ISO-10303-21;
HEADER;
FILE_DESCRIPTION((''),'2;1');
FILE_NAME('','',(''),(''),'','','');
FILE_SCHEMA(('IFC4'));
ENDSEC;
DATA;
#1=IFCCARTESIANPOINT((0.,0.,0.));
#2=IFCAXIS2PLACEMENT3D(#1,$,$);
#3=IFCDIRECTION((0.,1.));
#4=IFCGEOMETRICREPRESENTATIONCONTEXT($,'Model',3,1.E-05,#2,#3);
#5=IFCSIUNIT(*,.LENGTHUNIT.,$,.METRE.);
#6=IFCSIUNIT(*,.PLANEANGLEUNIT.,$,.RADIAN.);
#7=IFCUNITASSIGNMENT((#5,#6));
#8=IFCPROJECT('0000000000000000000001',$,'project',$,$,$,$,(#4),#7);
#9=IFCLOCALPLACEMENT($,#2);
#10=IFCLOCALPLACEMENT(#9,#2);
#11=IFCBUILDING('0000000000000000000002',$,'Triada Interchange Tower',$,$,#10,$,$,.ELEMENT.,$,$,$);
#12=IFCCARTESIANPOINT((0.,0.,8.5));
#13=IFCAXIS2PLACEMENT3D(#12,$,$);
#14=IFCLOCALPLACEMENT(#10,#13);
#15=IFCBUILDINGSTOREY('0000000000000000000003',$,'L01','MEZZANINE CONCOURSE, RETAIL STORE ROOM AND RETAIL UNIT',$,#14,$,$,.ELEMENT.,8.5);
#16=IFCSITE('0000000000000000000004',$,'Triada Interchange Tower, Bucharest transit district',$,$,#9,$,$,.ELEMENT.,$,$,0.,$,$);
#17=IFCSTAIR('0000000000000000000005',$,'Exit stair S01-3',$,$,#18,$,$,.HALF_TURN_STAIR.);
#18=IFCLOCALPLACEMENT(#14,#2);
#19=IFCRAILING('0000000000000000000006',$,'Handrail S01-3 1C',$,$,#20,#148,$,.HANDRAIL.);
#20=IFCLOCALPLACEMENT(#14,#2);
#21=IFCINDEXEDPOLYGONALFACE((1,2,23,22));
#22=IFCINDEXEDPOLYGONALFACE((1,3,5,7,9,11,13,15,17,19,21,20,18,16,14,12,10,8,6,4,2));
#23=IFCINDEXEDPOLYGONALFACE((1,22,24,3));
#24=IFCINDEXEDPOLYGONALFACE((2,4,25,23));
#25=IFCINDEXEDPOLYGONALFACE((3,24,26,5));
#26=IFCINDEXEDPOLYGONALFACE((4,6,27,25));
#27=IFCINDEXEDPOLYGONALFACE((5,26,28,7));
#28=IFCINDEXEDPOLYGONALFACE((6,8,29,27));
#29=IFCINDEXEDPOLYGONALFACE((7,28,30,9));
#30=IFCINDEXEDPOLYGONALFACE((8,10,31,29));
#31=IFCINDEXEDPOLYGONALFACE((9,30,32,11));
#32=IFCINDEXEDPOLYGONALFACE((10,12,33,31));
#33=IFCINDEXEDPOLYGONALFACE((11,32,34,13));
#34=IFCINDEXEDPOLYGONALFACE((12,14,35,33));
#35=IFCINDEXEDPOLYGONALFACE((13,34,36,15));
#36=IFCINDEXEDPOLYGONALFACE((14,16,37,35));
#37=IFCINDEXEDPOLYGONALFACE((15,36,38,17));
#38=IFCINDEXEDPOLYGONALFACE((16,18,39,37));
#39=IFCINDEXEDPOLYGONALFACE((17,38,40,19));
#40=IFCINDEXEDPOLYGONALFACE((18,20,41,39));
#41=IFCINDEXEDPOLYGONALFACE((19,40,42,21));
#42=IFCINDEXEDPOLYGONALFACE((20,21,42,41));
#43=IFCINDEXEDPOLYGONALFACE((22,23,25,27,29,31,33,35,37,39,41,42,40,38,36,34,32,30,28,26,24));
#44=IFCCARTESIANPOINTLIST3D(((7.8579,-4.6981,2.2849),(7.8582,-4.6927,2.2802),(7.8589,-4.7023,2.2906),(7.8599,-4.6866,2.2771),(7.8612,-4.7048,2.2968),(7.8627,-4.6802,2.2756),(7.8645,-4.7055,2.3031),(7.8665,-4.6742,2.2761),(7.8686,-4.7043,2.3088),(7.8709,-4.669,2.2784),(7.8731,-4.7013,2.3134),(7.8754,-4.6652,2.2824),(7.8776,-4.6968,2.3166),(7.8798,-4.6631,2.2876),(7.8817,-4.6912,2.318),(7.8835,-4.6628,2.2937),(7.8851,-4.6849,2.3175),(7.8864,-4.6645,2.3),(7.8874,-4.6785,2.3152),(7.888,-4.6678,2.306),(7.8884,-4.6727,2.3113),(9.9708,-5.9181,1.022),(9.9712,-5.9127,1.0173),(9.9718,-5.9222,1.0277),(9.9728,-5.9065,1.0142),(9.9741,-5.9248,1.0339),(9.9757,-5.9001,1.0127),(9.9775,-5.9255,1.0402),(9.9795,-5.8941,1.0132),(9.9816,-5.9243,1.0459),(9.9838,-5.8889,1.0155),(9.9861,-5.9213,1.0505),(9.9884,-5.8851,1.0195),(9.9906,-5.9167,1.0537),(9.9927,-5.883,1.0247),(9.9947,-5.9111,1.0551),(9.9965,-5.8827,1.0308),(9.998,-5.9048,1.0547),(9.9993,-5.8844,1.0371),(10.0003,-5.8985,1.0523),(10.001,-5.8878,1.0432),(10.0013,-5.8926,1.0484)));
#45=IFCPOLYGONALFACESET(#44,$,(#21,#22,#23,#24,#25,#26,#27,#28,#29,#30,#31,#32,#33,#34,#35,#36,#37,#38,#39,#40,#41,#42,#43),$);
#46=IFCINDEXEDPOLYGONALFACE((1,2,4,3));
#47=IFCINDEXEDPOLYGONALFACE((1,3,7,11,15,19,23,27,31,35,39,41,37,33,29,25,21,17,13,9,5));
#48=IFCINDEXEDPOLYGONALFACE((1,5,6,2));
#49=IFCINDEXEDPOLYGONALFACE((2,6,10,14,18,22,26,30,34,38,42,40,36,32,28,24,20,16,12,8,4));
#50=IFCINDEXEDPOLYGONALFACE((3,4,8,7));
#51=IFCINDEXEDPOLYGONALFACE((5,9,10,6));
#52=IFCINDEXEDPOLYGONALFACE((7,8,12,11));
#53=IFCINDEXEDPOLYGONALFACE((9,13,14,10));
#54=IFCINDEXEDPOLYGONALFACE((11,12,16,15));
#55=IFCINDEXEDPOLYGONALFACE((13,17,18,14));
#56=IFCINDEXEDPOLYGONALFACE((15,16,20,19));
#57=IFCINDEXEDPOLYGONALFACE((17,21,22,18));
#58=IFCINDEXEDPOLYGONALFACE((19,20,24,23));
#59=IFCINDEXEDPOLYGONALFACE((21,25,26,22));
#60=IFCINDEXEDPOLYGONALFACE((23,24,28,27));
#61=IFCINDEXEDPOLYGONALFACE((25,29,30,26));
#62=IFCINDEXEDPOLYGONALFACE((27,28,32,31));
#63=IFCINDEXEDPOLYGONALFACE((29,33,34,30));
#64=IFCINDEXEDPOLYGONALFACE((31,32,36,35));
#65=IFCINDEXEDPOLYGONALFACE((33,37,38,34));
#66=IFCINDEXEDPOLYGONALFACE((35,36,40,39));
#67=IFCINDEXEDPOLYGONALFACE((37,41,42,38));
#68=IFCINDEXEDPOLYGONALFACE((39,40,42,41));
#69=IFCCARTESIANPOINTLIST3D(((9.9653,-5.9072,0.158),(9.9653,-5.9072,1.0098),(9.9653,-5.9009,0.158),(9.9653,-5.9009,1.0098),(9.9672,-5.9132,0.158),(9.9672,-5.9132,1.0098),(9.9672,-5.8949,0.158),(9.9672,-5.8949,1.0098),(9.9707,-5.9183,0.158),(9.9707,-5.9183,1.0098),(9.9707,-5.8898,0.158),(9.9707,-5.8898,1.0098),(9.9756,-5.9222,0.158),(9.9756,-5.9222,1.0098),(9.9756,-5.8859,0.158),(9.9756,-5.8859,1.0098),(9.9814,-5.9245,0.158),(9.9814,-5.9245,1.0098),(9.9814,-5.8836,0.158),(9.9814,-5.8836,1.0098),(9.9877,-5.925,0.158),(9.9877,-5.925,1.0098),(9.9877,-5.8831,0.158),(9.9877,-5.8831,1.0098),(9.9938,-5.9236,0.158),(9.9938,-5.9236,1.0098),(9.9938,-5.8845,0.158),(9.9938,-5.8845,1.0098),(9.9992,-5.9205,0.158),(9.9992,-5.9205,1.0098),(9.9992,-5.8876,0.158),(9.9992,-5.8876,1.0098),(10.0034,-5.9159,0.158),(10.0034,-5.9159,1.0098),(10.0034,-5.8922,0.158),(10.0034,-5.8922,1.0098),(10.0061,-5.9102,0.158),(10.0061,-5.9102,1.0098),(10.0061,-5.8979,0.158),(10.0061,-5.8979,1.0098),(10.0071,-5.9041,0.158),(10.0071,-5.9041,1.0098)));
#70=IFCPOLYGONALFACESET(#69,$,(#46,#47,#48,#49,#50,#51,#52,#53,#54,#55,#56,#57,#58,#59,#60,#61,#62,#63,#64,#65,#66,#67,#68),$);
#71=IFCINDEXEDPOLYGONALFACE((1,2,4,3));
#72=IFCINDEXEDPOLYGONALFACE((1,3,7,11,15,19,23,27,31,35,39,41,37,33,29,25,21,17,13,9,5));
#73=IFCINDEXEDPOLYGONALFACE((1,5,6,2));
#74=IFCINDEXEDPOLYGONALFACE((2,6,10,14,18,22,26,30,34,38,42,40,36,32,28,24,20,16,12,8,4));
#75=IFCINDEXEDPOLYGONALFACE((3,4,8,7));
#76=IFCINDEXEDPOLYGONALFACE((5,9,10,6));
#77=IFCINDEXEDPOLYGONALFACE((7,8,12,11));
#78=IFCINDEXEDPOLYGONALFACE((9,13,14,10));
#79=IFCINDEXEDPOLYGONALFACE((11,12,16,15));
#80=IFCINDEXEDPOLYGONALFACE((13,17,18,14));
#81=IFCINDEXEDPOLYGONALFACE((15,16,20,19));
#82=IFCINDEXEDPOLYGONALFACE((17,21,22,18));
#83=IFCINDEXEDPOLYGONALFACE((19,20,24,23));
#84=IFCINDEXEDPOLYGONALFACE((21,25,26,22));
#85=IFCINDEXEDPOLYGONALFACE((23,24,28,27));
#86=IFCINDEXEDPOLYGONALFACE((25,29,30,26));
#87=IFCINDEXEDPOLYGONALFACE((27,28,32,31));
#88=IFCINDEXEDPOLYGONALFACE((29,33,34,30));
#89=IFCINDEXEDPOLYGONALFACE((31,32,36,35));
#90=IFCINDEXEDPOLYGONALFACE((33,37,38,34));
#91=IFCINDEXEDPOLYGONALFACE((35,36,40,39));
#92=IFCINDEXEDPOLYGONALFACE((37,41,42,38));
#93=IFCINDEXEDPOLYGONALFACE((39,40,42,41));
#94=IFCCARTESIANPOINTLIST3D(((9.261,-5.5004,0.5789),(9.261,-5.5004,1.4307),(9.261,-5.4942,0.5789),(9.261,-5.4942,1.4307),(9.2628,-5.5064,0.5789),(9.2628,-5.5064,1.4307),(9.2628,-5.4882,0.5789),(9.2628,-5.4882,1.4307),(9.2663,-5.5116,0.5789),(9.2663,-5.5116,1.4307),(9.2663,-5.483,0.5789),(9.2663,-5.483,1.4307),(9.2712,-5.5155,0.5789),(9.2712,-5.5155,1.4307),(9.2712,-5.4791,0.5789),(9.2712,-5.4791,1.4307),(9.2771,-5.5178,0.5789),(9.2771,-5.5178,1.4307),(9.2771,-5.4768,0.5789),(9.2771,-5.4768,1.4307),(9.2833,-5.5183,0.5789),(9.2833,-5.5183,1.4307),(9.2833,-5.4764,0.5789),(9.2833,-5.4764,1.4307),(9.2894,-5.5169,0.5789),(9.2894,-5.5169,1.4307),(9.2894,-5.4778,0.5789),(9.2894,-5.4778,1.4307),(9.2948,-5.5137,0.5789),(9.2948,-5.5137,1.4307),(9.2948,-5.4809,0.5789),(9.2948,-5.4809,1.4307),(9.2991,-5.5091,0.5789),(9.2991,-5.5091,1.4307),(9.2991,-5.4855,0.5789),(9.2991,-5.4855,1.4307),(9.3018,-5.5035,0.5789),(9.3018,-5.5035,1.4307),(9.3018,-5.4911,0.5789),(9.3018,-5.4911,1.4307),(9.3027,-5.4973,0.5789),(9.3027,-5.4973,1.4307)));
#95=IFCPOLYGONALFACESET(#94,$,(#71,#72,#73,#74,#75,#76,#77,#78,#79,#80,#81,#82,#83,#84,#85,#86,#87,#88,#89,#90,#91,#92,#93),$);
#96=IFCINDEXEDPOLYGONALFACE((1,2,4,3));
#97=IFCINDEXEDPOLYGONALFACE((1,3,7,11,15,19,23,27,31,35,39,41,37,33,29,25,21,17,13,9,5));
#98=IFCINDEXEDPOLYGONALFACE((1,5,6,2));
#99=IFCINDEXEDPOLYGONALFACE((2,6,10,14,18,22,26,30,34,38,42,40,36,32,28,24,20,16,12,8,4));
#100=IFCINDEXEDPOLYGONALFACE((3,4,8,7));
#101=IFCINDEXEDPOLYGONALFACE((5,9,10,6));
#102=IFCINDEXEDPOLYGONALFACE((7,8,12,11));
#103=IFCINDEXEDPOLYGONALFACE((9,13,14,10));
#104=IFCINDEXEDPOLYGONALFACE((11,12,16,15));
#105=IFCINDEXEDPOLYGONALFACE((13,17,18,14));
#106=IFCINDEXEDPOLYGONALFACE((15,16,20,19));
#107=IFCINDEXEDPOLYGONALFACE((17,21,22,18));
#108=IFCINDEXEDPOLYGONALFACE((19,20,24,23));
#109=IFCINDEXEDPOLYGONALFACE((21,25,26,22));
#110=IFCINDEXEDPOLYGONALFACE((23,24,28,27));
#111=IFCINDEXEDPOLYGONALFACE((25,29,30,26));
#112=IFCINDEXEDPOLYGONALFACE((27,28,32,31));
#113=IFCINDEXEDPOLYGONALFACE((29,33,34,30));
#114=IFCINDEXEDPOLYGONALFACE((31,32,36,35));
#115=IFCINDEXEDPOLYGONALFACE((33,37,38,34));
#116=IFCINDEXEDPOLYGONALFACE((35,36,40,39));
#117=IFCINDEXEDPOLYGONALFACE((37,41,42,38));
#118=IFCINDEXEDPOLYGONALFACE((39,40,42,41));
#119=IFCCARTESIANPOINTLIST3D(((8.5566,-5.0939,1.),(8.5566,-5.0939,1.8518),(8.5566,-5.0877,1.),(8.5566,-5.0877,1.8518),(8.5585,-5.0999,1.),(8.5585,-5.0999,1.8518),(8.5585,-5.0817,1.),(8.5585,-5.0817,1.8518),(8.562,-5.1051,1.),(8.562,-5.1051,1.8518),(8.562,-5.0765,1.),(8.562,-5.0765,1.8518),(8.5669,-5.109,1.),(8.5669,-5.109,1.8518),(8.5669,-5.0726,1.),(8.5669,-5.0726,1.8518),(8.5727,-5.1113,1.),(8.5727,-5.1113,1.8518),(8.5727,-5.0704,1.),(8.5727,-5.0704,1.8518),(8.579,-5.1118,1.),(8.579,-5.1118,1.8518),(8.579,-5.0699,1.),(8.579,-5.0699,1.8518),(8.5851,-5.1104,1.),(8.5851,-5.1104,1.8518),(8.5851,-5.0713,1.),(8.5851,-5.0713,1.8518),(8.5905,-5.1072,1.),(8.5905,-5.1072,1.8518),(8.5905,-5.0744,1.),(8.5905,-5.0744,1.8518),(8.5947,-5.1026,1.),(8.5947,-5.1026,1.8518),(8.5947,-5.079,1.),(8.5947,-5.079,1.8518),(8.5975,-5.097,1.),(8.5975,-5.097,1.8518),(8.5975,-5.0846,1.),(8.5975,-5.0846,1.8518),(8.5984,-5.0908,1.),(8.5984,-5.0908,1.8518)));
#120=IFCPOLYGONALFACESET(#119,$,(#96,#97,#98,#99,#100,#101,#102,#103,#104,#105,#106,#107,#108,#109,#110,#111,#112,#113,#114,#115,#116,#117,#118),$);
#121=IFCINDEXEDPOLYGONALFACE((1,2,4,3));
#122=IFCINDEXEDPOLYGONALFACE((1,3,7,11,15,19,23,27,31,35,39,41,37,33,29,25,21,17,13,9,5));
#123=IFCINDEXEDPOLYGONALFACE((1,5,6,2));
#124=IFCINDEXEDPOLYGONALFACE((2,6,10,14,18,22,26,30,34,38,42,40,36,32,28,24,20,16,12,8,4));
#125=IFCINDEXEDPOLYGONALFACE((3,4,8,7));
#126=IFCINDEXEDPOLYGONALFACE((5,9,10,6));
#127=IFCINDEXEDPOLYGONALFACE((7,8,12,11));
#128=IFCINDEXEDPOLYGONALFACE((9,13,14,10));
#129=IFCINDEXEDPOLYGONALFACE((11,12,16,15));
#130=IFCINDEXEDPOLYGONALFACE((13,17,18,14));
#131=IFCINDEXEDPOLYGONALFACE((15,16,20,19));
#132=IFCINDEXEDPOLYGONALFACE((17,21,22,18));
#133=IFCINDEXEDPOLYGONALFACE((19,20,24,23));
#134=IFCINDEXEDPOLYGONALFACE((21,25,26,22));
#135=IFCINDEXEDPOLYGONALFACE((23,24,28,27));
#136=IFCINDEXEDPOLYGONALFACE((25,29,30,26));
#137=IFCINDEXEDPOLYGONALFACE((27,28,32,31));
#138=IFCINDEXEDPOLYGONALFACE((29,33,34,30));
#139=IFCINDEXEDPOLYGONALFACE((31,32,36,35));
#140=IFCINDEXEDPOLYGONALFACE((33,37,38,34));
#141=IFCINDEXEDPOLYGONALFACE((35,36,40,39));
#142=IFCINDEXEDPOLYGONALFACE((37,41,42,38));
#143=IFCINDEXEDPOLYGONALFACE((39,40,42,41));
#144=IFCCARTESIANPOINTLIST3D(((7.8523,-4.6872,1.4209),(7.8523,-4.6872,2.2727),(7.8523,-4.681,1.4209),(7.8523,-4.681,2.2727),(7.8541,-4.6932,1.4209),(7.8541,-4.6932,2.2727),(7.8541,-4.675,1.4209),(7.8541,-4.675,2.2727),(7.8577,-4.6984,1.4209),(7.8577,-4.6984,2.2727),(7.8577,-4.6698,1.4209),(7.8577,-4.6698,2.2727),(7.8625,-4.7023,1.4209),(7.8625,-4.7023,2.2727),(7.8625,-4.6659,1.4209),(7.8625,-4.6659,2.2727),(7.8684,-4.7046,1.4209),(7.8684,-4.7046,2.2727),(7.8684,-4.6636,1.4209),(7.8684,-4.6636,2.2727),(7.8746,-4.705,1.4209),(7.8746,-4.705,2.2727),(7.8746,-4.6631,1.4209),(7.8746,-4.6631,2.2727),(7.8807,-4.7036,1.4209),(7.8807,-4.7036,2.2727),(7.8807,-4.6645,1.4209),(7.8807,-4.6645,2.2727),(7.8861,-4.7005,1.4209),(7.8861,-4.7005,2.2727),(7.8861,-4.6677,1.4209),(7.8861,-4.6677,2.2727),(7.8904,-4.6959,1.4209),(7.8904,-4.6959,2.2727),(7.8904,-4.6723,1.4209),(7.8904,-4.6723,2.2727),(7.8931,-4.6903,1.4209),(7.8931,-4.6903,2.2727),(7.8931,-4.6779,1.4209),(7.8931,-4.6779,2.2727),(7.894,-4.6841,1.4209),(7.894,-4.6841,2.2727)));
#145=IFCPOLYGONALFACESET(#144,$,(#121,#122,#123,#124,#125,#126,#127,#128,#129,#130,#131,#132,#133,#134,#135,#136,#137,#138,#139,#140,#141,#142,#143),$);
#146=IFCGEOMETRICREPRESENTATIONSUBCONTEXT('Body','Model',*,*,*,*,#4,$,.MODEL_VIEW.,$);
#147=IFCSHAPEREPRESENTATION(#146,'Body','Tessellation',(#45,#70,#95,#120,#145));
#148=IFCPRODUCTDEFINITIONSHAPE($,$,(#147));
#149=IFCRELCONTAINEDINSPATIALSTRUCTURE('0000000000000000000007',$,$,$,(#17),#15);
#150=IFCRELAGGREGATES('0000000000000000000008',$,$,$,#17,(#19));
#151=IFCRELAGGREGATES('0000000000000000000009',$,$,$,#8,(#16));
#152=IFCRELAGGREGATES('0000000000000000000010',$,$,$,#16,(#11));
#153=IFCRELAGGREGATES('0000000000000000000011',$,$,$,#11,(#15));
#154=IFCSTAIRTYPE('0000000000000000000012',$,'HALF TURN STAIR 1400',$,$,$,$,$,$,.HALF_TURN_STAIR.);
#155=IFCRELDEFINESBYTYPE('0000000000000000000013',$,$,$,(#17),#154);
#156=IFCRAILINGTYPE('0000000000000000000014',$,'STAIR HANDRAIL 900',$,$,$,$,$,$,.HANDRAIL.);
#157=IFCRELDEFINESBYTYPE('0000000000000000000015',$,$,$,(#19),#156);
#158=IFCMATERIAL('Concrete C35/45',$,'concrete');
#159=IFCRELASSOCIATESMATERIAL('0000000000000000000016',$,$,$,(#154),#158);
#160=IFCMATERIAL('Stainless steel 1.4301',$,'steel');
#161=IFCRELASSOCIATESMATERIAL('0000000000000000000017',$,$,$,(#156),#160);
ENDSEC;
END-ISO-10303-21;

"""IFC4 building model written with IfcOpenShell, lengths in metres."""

from ifc_helpers import new_model, si_unit, direction, frame, origin, origin_2d, place, context, subcontext, project, spatial, circle, extrude, material, type_object, element, aggregate, save


model = new_model("IFC4")

# Units and contexts
model_context = context("Model", 3, precision=1e-05, world=origin(), true_north=direction((0.0, 1.0)))
body_context = subcontext(model_context, "Body", "Model", "MODEL_VIEW")
ifc_project = project(units=[si_unit("LENGTHUNIT", "METRE"), si_unit("PLANEANGLEUNIT", "RADIAN")], contexts=[model_context])

# Site, building, storey
site_placement = place(None, origin())
site = spatial("IfcSite", under=ifc_project, at=site_placement, Name="Triada Interchange Tower, Bucharest transit district", CompositionType="ELEMENT", RefElevation=0.0)
building_placement = place(site_placement, origin())
building = spatial("IfcBuilding", under=site, at=building_placement, Name="Triada Interchange Tower", CompositionType="ELEMENT")
storey_placement = place(building_placement, frame((0.0, 0.0, 8.5)))
storey = spatial("IfcBuildingStorey", under=building, at=storey_placement, Name="L01", Description="MEZZANINE CONCOURSE, RETAIL STORE ROOM AND RETAIL UNIT", CompositionType="ELEMENT", Elevation=8.5)

# Shared definitions
ifc_material_1 = material(Name="Concrete C35/45", Category="concrete")

# Stair
stair_type = type_object("IfcStairType", Name="HALF TURN STAIR 1400", PredefinedType="HALF_TURN_STAIR", material=ifc_material_1)
stair_1_placement = place(storey_placement, origin())
stair_1 = element("IfcStair", 1, at=stair_1_placement, inside=storey, type_object=stair_type, Name="Exit stair S01-3", PredefinedType="HALF_TURN_STAIR")

# Railing
ifc_material_2 = material(Name="Stainless steel 1.4301", Category="steel")
railing_type_1 = type_object("IfcRailingType", Name="STAIR HANDRAIL 900", PredefinedType="HANDRAIL", material=ifc_material_2)
railing_1_placement = place(storey_placement, frame((9.9861, -5.9041, 0.158)))
railing_1 = element("IfcRailing", 2, at=railing_1_placement, type_object=railing_type_1, Name="Handrail S01-3 1C", PredefinedType="HANDRAIL", context=body_context, shape_type="SweptSolid", body=[
    extrude(circle(Radius=0.0239, at=origin_2d()), frame((0.0, 0.0, 0.876), z_axis=(-0.769101, 0.444044, 0.459683), x_axis=(-0.500003, -0.866024, 0.0)), (0.0, 0.0, 1.0), 2.7473),
    extrude(circle(Radius=0.021, at=origin_2d()), origin(), (0.0, 0.0, 1.0), 0.8518),
    extrude(circle(Radius=0.021, at=origin_2d()), frame((-0.7043, 0.4067, 0.4209)), (0.0, 0.0, 1.0), 0.8518),
    extrude(circle(Radius=0.021, at=origin_2d()), frame((-1.4087, 0.8132, 0.842)), (0.0, 0.0, 1.0), 0.8518),
    extrude(circle(Radius=0.021, at=origin_2d()), frame((-2.113, 1.22, 1.2629)), (0.0, 0.0, 1.0), 0.8518),
])
aggregate(stair_1, [railing_1])

save(model, "model.ifc")
